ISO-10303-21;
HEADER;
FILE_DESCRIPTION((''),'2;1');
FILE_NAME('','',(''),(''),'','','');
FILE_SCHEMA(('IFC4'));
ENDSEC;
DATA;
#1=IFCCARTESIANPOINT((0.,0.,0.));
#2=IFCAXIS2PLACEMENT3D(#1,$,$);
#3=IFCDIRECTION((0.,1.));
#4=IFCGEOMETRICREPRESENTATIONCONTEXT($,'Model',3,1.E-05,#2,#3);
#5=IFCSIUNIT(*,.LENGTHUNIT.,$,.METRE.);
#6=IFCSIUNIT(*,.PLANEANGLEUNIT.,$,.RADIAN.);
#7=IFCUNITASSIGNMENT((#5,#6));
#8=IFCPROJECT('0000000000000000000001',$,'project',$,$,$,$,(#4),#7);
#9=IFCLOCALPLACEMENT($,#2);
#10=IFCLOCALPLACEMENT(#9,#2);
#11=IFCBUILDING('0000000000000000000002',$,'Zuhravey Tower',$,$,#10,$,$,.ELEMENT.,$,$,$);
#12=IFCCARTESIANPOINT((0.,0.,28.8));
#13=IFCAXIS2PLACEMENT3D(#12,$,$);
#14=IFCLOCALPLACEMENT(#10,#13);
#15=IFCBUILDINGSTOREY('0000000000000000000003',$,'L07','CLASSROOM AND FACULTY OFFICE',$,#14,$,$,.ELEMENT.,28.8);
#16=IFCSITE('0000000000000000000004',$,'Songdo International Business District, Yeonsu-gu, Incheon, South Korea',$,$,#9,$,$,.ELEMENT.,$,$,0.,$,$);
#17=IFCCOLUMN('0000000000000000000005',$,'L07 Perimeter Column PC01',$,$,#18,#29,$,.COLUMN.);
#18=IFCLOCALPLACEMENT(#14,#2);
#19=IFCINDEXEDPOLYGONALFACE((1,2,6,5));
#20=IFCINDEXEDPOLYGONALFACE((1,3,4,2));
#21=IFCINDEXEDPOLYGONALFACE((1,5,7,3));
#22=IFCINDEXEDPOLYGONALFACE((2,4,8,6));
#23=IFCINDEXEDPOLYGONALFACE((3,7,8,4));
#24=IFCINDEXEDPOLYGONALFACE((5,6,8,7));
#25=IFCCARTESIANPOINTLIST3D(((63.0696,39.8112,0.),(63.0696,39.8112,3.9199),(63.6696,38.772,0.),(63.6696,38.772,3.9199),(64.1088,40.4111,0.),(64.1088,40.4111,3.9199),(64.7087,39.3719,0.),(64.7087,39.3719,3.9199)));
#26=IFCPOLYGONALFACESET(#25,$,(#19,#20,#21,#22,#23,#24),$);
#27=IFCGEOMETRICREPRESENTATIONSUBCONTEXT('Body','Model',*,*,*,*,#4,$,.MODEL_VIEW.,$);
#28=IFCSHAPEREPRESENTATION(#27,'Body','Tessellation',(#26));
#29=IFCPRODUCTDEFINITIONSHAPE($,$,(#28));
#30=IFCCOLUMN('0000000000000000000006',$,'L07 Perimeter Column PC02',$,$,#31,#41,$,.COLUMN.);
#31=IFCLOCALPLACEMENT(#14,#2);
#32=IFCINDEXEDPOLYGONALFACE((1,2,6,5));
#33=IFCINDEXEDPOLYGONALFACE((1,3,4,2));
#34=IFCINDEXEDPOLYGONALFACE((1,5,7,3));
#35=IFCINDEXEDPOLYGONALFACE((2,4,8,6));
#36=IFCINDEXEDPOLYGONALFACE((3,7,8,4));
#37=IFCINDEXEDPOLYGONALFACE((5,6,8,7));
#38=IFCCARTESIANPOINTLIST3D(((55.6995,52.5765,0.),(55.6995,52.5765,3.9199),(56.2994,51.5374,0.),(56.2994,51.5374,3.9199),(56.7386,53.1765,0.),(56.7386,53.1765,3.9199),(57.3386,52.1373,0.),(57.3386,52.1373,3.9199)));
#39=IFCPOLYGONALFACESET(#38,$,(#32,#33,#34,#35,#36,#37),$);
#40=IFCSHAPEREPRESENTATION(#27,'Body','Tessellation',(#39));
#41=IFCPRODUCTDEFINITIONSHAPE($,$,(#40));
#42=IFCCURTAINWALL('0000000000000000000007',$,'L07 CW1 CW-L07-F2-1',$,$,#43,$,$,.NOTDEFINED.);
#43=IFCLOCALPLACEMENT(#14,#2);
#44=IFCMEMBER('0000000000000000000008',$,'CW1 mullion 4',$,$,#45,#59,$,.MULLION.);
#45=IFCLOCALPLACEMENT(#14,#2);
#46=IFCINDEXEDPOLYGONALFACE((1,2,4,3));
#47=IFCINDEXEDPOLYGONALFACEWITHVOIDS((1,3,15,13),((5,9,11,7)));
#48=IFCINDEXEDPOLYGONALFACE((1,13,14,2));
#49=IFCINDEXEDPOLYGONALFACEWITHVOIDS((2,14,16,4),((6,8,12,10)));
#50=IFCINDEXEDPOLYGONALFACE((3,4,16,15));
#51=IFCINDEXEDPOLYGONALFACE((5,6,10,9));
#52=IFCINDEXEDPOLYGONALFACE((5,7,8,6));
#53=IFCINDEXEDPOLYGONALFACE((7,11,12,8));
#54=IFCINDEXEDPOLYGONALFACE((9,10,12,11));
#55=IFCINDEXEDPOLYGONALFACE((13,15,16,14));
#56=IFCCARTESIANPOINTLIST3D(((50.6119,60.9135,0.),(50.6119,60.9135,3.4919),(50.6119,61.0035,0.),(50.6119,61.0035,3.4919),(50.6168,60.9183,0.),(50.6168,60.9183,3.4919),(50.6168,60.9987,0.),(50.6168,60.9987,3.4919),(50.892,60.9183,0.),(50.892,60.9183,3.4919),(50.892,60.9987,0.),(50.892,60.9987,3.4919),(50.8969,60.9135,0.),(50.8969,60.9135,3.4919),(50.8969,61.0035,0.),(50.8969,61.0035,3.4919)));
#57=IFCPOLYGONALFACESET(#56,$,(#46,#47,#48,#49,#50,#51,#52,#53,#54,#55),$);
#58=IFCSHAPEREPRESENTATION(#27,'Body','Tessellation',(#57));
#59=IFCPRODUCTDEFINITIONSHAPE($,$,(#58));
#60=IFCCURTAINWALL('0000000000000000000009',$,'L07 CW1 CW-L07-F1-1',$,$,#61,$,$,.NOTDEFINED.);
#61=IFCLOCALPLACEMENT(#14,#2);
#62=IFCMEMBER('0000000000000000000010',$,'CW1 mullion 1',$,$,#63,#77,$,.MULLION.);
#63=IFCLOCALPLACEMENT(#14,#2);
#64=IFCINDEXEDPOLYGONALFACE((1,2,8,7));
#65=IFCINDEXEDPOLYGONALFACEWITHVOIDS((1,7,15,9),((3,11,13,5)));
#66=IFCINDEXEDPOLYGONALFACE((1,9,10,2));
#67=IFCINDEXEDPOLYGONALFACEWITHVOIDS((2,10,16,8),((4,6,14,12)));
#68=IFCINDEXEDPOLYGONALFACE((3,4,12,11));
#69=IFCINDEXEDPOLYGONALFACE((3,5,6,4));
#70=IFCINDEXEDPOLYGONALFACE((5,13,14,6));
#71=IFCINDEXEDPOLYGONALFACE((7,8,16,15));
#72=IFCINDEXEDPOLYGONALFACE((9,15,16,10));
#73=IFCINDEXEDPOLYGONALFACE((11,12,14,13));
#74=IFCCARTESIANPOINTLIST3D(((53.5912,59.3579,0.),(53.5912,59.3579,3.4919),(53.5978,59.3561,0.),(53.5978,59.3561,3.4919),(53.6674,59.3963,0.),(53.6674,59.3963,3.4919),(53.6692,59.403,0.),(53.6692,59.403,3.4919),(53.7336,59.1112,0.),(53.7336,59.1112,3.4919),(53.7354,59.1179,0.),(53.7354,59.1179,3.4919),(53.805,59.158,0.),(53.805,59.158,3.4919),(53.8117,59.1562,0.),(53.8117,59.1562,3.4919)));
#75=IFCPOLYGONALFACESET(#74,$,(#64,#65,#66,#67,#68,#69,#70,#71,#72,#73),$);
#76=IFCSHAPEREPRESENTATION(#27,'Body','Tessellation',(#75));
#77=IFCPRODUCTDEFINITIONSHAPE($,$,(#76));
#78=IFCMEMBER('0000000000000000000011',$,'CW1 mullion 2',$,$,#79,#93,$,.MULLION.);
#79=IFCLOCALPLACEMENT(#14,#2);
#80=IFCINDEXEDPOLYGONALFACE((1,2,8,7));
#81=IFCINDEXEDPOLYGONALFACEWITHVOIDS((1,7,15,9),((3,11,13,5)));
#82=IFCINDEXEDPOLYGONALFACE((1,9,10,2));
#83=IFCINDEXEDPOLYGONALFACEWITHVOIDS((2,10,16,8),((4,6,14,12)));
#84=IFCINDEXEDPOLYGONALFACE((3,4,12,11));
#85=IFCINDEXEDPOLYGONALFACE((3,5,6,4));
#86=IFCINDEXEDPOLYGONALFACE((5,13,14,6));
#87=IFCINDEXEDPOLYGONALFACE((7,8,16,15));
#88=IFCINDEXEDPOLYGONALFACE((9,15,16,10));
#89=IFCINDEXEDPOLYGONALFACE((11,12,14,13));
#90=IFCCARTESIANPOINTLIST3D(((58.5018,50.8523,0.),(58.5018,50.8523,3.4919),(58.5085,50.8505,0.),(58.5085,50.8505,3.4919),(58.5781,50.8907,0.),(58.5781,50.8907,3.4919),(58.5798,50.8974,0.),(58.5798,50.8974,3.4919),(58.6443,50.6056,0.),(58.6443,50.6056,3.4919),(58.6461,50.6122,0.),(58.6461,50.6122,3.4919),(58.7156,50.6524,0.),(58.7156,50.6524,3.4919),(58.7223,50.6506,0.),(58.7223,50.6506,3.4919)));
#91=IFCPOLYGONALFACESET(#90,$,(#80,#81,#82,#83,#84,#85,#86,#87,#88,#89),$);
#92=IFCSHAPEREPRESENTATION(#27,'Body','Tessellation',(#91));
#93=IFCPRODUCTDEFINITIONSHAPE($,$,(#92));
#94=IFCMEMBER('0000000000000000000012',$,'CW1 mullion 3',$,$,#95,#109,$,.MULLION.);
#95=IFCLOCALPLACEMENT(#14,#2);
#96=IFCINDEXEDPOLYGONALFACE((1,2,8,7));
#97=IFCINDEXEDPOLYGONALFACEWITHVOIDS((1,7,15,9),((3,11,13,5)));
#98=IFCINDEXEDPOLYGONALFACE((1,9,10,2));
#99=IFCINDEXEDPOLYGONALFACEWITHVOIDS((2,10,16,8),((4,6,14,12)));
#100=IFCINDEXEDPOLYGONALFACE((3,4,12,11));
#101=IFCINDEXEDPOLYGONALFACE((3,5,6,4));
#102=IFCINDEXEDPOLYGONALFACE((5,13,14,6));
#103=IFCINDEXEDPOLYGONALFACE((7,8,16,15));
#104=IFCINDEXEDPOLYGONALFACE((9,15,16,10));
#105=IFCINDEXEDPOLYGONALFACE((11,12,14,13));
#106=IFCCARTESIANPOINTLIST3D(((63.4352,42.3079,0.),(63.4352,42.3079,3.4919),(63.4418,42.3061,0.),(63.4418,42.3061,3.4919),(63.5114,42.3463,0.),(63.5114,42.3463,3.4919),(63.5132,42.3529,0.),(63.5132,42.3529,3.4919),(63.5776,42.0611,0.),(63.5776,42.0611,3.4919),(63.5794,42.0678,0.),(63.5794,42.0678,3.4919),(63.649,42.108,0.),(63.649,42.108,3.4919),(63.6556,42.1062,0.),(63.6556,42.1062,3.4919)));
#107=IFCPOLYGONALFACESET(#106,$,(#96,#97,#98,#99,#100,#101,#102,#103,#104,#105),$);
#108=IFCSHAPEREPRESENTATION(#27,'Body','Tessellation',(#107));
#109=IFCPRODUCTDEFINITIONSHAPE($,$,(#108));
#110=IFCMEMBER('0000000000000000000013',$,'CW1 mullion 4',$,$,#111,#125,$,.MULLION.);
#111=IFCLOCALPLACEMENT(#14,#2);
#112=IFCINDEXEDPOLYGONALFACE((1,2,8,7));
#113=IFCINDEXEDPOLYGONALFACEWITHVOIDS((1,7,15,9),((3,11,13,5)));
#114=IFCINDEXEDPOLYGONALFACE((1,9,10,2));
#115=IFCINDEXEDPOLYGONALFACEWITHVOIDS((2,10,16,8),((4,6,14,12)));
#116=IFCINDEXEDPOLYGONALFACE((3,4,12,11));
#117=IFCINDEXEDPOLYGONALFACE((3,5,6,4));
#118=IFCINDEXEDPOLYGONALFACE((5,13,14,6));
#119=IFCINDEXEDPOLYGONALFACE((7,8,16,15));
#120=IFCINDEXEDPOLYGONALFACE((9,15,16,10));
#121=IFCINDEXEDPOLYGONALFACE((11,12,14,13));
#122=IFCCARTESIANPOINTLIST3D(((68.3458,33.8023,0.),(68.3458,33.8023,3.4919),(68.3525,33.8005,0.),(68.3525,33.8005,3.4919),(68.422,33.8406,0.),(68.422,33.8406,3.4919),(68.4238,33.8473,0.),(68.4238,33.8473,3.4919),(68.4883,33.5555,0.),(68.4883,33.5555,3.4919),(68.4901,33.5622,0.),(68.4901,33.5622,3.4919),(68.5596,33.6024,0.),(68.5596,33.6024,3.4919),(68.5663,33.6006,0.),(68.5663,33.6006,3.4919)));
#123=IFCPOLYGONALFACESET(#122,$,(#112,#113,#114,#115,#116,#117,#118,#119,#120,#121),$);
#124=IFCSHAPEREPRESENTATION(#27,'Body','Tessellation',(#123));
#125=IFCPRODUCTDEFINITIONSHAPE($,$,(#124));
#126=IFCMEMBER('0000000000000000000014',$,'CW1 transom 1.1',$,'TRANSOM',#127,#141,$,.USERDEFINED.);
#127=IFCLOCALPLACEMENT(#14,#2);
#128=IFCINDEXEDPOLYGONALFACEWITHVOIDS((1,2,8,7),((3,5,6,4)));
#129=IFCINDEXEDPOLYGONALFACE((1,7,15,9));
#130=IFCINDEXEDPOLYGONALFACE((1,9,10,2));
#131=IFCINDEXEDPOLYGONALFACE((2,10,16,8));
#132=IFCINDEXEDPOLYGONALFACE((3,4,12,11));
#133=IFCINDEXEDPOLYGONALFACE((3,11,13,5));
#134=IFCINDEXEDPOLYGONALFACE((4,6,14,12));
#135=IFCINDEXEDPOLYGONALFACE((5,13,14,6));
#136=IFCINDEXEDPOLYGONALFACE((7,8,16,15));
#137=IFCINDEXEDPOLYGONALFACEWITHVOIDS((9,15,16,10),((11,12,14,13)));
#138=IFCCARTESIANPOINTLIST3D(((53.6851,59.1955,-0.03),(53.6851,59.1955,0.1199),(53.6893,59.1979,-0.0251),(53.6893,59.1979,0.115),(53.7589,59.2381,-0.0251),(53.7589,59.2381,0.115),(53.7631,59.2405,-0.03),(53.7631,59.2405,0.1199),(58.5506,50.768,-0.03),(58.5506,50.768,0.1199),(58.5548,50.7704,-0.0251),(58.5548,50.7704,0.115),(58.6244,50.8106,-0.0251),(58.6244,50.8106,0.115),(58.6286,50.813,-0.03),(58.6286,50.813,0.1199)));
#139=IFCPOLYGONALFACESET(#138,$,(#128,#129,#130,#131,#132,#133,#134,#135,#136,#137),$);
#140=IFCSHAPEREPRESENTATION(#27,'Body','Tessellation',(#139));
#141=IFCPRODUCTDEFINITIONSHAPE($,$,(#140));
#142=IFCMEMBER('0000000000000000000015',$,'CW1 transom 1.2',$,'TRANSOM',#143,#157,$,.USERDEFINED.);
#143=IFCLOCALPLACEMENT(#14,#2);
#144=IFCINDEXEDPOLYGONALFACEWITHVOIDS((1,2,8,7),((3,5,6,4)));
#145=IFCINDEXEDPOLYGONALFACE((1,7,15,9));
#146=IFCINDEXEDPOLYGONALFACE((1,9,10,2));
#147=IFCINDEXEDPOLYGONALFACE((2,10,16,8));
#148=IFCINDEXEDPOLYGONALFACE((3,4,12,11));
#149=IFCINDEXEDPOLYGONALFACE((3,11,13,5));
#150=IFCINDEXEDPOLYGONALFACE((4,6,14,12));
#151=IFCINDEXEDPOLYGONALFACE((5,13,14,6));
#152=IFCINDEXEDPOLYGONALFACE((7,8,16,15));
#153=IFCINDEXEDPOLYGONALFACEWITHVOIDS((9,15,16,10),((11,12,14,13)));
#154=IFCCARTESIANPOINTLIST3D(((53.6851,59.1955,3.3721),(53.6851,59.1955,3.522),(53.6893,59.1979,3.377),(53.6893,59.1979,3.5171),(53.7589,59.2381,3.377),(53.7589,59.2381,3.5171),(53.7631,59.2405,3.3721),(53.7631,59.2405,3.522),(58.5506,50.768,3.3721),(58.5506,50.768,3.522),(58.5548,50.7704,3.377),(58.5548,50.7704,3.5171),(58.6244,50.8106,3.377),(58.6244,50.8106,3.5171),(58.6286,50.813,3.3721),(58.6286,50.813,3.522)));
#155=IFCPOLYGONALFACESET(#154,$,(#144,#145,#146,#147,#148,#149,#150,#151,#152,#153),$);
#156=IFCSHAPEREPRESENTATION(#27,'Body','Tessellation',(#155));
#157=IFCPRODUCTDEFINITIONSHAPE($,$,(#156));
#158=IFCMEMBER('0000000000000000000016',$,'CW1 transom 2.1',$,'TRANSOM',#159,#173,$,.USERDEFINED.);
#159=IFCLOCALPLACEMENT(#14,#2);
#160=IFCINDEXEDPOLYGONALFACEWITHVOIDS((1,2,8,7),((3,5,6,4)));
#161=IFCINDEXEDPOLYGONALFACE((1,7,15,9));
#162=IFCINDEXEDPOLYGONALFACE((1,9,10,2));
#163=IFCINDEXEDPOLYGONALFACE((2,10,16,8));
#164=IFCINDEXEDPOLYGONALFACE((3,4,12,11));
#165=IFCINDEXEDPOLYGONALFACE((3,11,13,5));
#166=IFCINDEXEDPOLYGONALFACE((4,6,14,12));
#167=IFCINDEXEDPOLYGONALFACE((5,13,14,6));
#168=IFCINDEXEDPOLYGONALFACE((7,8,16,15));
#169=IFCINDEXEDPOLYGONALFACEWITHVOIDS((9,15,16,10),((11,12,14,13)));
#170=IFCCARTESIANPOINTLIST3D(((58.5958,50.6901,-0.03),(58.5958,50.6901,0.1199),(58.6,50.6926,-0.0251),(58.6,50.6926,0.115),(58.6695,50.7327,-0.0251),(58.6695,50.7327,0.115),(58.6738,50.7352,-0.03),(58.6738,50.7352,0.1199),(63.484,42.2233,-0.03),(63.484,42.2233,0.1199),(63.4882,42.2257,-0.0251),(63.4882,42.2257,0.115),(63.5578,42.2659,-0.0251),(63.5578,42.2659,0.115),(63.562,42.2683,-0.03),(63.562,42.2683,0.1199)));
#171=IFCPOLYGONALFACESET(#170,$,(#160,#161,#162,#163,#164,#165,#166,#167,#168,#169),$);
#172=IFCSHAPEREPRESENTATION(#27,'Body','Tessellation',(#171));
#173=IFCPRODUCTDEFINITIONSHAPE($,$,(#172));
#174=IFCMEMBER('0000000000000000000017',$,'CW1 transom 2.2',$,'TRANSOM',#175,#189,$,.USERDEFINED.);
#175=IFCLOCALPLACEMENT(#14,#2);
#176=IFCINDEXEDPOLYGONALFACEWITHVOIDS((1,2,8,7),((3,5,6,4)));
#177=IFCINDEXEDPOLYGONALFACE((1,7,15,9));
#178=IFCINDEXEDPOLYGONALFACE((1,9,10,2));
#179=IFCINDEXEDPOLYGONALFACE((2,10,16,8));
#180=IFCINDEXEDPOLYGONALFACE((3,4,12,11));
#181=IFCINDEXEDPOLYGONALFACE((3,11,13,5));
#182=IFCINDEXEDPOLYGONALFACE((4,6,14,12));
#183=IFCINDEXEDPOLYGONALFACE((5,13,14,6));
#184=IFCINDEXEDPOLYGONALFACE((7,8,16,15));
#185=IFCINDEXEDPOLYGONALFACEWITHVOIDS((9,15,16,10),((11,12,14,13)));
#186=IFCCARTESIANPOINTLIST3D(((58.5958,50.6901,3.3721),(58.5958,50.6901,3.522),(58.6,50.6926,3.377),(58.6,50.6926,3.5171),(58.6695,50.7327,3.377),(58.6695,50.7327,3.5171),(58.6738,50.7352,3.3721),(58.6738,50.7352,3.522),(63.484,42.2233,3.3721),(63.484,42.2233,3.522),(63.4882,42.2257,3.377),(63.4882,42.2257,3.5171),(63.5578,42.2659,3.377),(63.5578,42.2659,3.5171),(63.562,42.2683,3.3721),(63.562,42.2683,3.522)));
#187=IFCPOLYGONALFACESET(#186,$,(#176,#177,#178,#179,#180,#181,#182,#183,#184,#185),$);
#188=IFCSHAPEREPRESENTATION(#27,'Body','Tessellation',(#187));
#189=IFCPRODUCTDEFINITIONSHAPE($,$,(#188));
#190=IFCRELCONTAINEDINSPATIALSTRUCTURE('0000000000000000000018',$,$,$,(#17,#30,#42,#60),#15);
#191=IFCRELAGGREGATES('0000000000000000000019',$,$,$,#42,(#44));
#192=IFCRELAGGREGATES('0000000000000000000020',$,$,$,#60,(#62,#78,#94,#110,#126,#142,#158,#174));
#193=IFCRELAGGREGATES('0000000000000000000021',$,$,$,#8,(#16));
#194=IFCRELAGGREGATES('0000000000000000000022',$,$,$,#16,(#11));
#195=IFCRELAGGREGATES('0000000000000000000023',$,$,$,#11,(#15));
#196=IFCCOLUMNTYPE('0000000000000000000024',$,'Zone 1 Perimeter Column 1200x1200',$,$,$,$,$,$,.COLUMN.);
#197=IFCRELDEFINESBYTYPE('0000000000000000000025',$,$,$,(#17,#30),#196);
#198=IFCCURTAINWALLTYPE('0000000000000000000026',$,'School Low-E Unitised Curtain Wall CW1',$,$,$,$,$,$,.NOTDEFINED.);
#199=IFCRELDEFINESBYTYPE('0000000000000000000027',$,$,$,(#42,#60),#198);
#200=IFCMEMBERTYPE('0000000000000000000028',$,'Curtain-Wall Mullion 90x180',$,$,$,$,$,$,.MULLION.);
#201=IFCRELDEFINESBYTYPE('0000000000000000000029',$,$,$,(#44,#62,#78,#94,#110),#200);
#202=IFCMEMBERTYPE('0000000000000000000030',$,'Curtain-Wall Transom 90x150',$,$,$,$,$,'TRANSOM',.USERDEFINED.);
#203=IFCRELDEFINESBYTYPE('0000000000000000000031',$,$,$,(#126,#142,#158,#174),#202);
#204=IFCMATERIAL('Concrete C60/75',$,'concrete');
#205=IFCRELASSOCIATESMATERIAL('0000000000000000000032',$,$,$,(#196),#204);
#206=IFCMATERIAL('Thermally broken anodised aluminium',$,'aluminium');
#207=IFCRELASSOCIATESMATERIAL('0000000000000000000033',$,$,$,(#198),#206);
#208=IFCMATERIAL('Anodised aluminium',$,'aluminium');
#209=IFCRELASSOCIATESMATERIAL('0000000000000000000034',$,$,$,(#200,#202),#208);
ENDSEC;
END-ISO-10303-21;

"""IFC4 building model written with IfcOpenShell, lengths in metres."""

from ifc_helpers import new_model, si_unit, direction, frame, origin, origin_2d, place, context, subcontext, project, spatial, rectangle, hollow_rectangle, extrude, material, material_profile, profile_set, type_object, element, aggregate, save


model = new_model("IFC4")

# Units and contexts
model_context = context("Model", 3, precision=1e-05, world=origin(), true_north=direction((0.0, 1.0)))
body_context = subcontext(model_context, "Body", "Model", "MODEL_VIEW")
ifc_project = project(units=[si_unit("LENGTHUNIT", "METRE"), si_unit("PLANEANGLEUNIT", "RADIAN")], contexts=[model_context])

# Site, building, storey
site_placement = place(None, origin())
site = spatial("IfcSite", under=ifc_project, at=site_placement, Name="Songdo International Business District, Yeonsu-gu, Incheon, South Korea", CompositionType="ELEMENT", RefElevation=0.0)
building_placement = place(site_placement, origin())
building = spatial("IfcBuilding", under=site, at=building_placement, Name="Zuhravey Tower", CompositionType="ELEMENT")
storey_placement = place(building_placement, frame((0.0, 0.0, 28.8)))
storey = spatial("IfcBuildingStorey", under=building, at=storey_placement, Name="L07", Description="CLASSROOM AND FACULTY OFFICE", CompositionType="ELEMENT", Elevation=28.8)

# Columns
ifc_material_1 = material(Name="Concrete C60/75", Category="concrete")
ifc_material_profile_1 = material_profile(ifc_material_1, rectangle(XDim=1.2, YDim=1.2, at=origin_2d()), Name="RC-1200x1200")
ifc_profile_set_1 = profile_set([ifc_material_profile_1], Name="Concrete C60/75")
column_type = type_object("IfcColumnType", Name="Zone 1 Perimeter Column 1200x1200", PredefinedType="COLUMN", material=ifc_profile_set_1)
for number, where, z_axis, x_axis, name in (
    (1, (63.8892, 39.5916, 0.0), (0.0, 0.0, 1.0), (-0.5, 0.866025, 0.0), "L07 Perimeter Column PC01"),
    (2, (56.519, 52.3569, 0.0), (0.0, 0.0, 1.0), (-0.5, 0.866025, 0.0), "L07 Perimeter Column PC02"),
):
    element("IfcColumn", number, at=place(storey_placement, frame(where, z_axis=z_axis, x_axis=x_axis)), inside=storey, type_object=column_type, Name=name, PredefinedType="COLUMN", context=body_context, shape_type="SweptSolid", body=[
        extrude(rectangle(XDim=1.2, YDim=1.2, at=origin_2d()), origin(), (0.0, 0.0, 1.0), 3.9199),
    ])

# Curtain wall, member
ifc_material_2 = material(Name="Thermally broken anodised aluminium", Category="aluminium")
curtain_wall_type = type_object("IfcCurtainWallType", Name="School Low-E Unitised Curtain Wall CW1", PredefinedType="NOTDEFINED", material=ifc_material_2)
curtain_wall_1_placement = place(storey_placement, origin())
curtain_wall_1 = element("IfcCurtainWall", 3, at=curtain_wall_1_placement, inside=storey, type_object=curtain_wall_type, Name="L07 CW1 CW-L07-F2-1", PredefinedType="NOTDEFINED")
ifc_material_3 = material(Name="Anodised aluminium", Category="aluminium")
ifc_material_profile_2 = material_profile(ifc_material_3, hollow_rectangle(XDim=0.0901, YDim=0.2849, WallThickness=0.0049, at=origin_2d()), Name="ALU-RHS-90x285x5")
ifc_profile_set_2 = profile_set([ifc_material_profile_2], Name="Anodised aluminium")
member_type_1 = type_object("IfcMemberType", Name="Curtain-Wall Mullion 90x180", PredefinedType="MULLION", material=ifc_profile_set_2)
member_1_placement = place(storey_placement, frame((50.7544, 60.9585, 0.0), z_axis=(0.0, 0.0, 1.0), x_axis=(0.0, 1.0, 0.0)))
member_1 = element("IfcMember", 4, at=member_1_placement, type_object=member_type_1, Name="CW1 mullion 4", PredefinedType="MULLION", context=body_context, shape_type="SweptSolid", body=[
    extrude(hollow_rectangle(XDim=0.0901, YDim=0.2849, WallThickness=0.0049, at=origin_2d()), origin(), (0.0, 0.0, 1.0), 3.4919),
])
aggregate(curtain_wall_1, [member_1])

# Curtain wall, members
curtain_wall_2_placement = place(storey_placement, origin())
curtain_wall_2 = element("IfcCurtainWall", 5, at=curtain_wall_2_placement, inside=storey, type_object=curtain_wall_type, Name="L07 CW1 CW-L07-F1-1", PredefinedType="NOTDEFINED")
member_2_placement = place(storey_placement, frame((53.7014, 59.2571, 0.0), z_axis=(0.0, 0.0, 1.0), x_axis=(0.866026, 0.5, 0.0)))
member_2 = element("IfcMember", 6, at=member_2_placement, type_object=member_type_1, Name="CW1 mullion 1", PredefinedType="MULLION", context=body_context, shape_type="SweptSolid", body=[
    extrude(hollow_rectangle(XDim=0.0901, YDim=0.2849, WallThickness=0.0049, at=origin_2d()), origin(), (0.0, 0.0, 1.0), 3.4919),
])
member_3_placement = place(storey_placement, frame((58.6121, 50.7515, 0.0), z_axis=(0.0, 0.0, 1.0), x_axis=(0.866026, 0.5, 0.0)))
member_3 = element("IfcMember", 7, at=member_3_placement, type_object=member_type_1, Name="CW1 mullion 2", PredefinedType="MULLION", context=body_context, shape_type="SweptSolid", body=[
    extrude(hollow_rectangle(XDim=0.0901, YDim=0.2849, WallThickness=0.0049, at=origin_2d()), origin(), (0.0, 0.0, 1.0), 3.4919),
])
member_4_placement = place(storey_placement, frame((63.5454, 42.207, 0.0), z_axis=(0.0, 0.0, 1.0), x_axis=(0.866026, 0.5, 0.0)))
member_4 = element("IfcMember", 8, at=member_4_placement, type_object=member_type_1, Name="CW1 mullion 3", PredefinedType="MULLION", context=body_context, shape_type="SweptSolid", body=[
    extrude(hollow_rectangle(XDim=0.0901, YDim=0.2849, WallThickness=0.0049, at=origin_2d()), origin(), (0.0, 0.0, 1.0), 3.4919),
])
member_5_placement = place(storey_placement, frame((68.4561, 33.7014, 0.0), z_axis=(0.0, 0.0, 1.0), x_axis=(0.866026, 0.5, 0.0)))
member_5 = element("IfcMember", 9, at=member_5_placement, type_object=member_type_1, Name="CW1 mullion 4", PredefinedType="MULLION", context=body_context, shape_type="SweptSolid", body=[
    extrude(hollow_rectangle(XDim=0.0901, YDim=0.2849, WallThickness=0.0049, at=origin_2d()), origin(), (0.0, 0.0, 1.0), 3.4919),
])
ifc_material_profile_3 = material_profile(ifc_material_3, hollow_rectangle(XDim=0.0901, YDim=0.1499, WallThickness=0.0049, at=origin_2d()), Name="ALU-RHS-90x150x5")
ifc_profile_set_3 = profile_set([ifc_material_profile_3], Name="Anodised aluminium")
member_type_2 = type_object("IfcMemberType", Name="Curtain-Wall Transom 90x150", ElementType="TRANSOM", PredefinedType="USERDEFINED", material=ifc_profile_set_3)
member_6_placement = place(storey_placement, frame((53.7241, 59.218, 0.0449), z_axis=(0.49999, -0.866031, 0.0), x_axis=(0.866031, 0.49999, 0.0)))
member_6 = element("IfcMember", 10, at=member_6_placement, type_object=member_type_2, Name="CW1 transom 1.1", ObjectType="TRANSOM", PredefinedType="USERDEFINED", context=body_context, shape_type="SweptSolid", body=[
    extrude(hollow_rectangle(XDim=0.0901, YDim=0.1499, WallThickness=0.0049, at=origin_2d()), origin(), (0.0, 0.0, 1.0), 9.7312),
])
member_7_placement = place(storey_placement, frame((53.7241, 59.218, 3.447), z_axis=(0.49999, -0.866031, 0.0), x_axis=(0.866031, 0.49999, 0.0)))
member_7 = element("IfcMember", 11, at=member_7_placement, type_object=member_type_2, Name="CW1 transom 1.2", ObjectType="TRANSOM", PredefinedType="USERDEFINED", context=body_context, shape_type="SweptSolid", body=[
    extrude(hollow_rectangle(XDim=0.0901, YDim=0.1499, WallThickness=0.0049, at=origin_2d()), origin(), (0.0, 0.0, 1.0), 9.7312),
])
member_8_placement = place(storey_placement, frame((58.6348, 50.7126, 0.0449), z_axis=(0.49999, -0.866031, 0.0), x_axis=(0.866031, 0.49999, 0.0)))
member_8 = element("IfcMember", 12, at=member_8_placement, type_object=member_type_2, Name="CW1 transom 2.1", ObjectType="TRANSOM", PredefinedType="USERDEFINED", context=body_context, shape_type="SweptSolid", body=[
    extrude(hollow_rectangle(XDim=0.0901, YDim=0.1499, WallThickness=0.0049, at=origin_2d()), origin(), (0.0, 0.0, 1.0), 9.7766),
])
member_9_placement = place(storey_placement, frame((58.6348, 50.7126, 3.447), z_axis=(0.49999, -0.866031, 0.0), x_axis=(0.866031, 0.49999, 0.0)))
member_9 = element("IfcMember", 13, at=member_9_placement, type_object=member_type_2, Name="CW1 transom 2.2", ObjectType="TRANSOM", PredefinedType="USERDEFINED", context=body_context, shape_type="SweptSolid", body=[
    extrude(hollow_rectangle(XDim=0.0901, YDim=0.1499, WallThickness=0.0049, at=origin_2d()), origin(), (0.0, 0.0, 1.0), 9.7766),
])

aggregate(curtain_wall_2, [member_2, member_3, member_4, member_5, member_6, member_7, member_8, member_9])

save(model, "model.ifc")
